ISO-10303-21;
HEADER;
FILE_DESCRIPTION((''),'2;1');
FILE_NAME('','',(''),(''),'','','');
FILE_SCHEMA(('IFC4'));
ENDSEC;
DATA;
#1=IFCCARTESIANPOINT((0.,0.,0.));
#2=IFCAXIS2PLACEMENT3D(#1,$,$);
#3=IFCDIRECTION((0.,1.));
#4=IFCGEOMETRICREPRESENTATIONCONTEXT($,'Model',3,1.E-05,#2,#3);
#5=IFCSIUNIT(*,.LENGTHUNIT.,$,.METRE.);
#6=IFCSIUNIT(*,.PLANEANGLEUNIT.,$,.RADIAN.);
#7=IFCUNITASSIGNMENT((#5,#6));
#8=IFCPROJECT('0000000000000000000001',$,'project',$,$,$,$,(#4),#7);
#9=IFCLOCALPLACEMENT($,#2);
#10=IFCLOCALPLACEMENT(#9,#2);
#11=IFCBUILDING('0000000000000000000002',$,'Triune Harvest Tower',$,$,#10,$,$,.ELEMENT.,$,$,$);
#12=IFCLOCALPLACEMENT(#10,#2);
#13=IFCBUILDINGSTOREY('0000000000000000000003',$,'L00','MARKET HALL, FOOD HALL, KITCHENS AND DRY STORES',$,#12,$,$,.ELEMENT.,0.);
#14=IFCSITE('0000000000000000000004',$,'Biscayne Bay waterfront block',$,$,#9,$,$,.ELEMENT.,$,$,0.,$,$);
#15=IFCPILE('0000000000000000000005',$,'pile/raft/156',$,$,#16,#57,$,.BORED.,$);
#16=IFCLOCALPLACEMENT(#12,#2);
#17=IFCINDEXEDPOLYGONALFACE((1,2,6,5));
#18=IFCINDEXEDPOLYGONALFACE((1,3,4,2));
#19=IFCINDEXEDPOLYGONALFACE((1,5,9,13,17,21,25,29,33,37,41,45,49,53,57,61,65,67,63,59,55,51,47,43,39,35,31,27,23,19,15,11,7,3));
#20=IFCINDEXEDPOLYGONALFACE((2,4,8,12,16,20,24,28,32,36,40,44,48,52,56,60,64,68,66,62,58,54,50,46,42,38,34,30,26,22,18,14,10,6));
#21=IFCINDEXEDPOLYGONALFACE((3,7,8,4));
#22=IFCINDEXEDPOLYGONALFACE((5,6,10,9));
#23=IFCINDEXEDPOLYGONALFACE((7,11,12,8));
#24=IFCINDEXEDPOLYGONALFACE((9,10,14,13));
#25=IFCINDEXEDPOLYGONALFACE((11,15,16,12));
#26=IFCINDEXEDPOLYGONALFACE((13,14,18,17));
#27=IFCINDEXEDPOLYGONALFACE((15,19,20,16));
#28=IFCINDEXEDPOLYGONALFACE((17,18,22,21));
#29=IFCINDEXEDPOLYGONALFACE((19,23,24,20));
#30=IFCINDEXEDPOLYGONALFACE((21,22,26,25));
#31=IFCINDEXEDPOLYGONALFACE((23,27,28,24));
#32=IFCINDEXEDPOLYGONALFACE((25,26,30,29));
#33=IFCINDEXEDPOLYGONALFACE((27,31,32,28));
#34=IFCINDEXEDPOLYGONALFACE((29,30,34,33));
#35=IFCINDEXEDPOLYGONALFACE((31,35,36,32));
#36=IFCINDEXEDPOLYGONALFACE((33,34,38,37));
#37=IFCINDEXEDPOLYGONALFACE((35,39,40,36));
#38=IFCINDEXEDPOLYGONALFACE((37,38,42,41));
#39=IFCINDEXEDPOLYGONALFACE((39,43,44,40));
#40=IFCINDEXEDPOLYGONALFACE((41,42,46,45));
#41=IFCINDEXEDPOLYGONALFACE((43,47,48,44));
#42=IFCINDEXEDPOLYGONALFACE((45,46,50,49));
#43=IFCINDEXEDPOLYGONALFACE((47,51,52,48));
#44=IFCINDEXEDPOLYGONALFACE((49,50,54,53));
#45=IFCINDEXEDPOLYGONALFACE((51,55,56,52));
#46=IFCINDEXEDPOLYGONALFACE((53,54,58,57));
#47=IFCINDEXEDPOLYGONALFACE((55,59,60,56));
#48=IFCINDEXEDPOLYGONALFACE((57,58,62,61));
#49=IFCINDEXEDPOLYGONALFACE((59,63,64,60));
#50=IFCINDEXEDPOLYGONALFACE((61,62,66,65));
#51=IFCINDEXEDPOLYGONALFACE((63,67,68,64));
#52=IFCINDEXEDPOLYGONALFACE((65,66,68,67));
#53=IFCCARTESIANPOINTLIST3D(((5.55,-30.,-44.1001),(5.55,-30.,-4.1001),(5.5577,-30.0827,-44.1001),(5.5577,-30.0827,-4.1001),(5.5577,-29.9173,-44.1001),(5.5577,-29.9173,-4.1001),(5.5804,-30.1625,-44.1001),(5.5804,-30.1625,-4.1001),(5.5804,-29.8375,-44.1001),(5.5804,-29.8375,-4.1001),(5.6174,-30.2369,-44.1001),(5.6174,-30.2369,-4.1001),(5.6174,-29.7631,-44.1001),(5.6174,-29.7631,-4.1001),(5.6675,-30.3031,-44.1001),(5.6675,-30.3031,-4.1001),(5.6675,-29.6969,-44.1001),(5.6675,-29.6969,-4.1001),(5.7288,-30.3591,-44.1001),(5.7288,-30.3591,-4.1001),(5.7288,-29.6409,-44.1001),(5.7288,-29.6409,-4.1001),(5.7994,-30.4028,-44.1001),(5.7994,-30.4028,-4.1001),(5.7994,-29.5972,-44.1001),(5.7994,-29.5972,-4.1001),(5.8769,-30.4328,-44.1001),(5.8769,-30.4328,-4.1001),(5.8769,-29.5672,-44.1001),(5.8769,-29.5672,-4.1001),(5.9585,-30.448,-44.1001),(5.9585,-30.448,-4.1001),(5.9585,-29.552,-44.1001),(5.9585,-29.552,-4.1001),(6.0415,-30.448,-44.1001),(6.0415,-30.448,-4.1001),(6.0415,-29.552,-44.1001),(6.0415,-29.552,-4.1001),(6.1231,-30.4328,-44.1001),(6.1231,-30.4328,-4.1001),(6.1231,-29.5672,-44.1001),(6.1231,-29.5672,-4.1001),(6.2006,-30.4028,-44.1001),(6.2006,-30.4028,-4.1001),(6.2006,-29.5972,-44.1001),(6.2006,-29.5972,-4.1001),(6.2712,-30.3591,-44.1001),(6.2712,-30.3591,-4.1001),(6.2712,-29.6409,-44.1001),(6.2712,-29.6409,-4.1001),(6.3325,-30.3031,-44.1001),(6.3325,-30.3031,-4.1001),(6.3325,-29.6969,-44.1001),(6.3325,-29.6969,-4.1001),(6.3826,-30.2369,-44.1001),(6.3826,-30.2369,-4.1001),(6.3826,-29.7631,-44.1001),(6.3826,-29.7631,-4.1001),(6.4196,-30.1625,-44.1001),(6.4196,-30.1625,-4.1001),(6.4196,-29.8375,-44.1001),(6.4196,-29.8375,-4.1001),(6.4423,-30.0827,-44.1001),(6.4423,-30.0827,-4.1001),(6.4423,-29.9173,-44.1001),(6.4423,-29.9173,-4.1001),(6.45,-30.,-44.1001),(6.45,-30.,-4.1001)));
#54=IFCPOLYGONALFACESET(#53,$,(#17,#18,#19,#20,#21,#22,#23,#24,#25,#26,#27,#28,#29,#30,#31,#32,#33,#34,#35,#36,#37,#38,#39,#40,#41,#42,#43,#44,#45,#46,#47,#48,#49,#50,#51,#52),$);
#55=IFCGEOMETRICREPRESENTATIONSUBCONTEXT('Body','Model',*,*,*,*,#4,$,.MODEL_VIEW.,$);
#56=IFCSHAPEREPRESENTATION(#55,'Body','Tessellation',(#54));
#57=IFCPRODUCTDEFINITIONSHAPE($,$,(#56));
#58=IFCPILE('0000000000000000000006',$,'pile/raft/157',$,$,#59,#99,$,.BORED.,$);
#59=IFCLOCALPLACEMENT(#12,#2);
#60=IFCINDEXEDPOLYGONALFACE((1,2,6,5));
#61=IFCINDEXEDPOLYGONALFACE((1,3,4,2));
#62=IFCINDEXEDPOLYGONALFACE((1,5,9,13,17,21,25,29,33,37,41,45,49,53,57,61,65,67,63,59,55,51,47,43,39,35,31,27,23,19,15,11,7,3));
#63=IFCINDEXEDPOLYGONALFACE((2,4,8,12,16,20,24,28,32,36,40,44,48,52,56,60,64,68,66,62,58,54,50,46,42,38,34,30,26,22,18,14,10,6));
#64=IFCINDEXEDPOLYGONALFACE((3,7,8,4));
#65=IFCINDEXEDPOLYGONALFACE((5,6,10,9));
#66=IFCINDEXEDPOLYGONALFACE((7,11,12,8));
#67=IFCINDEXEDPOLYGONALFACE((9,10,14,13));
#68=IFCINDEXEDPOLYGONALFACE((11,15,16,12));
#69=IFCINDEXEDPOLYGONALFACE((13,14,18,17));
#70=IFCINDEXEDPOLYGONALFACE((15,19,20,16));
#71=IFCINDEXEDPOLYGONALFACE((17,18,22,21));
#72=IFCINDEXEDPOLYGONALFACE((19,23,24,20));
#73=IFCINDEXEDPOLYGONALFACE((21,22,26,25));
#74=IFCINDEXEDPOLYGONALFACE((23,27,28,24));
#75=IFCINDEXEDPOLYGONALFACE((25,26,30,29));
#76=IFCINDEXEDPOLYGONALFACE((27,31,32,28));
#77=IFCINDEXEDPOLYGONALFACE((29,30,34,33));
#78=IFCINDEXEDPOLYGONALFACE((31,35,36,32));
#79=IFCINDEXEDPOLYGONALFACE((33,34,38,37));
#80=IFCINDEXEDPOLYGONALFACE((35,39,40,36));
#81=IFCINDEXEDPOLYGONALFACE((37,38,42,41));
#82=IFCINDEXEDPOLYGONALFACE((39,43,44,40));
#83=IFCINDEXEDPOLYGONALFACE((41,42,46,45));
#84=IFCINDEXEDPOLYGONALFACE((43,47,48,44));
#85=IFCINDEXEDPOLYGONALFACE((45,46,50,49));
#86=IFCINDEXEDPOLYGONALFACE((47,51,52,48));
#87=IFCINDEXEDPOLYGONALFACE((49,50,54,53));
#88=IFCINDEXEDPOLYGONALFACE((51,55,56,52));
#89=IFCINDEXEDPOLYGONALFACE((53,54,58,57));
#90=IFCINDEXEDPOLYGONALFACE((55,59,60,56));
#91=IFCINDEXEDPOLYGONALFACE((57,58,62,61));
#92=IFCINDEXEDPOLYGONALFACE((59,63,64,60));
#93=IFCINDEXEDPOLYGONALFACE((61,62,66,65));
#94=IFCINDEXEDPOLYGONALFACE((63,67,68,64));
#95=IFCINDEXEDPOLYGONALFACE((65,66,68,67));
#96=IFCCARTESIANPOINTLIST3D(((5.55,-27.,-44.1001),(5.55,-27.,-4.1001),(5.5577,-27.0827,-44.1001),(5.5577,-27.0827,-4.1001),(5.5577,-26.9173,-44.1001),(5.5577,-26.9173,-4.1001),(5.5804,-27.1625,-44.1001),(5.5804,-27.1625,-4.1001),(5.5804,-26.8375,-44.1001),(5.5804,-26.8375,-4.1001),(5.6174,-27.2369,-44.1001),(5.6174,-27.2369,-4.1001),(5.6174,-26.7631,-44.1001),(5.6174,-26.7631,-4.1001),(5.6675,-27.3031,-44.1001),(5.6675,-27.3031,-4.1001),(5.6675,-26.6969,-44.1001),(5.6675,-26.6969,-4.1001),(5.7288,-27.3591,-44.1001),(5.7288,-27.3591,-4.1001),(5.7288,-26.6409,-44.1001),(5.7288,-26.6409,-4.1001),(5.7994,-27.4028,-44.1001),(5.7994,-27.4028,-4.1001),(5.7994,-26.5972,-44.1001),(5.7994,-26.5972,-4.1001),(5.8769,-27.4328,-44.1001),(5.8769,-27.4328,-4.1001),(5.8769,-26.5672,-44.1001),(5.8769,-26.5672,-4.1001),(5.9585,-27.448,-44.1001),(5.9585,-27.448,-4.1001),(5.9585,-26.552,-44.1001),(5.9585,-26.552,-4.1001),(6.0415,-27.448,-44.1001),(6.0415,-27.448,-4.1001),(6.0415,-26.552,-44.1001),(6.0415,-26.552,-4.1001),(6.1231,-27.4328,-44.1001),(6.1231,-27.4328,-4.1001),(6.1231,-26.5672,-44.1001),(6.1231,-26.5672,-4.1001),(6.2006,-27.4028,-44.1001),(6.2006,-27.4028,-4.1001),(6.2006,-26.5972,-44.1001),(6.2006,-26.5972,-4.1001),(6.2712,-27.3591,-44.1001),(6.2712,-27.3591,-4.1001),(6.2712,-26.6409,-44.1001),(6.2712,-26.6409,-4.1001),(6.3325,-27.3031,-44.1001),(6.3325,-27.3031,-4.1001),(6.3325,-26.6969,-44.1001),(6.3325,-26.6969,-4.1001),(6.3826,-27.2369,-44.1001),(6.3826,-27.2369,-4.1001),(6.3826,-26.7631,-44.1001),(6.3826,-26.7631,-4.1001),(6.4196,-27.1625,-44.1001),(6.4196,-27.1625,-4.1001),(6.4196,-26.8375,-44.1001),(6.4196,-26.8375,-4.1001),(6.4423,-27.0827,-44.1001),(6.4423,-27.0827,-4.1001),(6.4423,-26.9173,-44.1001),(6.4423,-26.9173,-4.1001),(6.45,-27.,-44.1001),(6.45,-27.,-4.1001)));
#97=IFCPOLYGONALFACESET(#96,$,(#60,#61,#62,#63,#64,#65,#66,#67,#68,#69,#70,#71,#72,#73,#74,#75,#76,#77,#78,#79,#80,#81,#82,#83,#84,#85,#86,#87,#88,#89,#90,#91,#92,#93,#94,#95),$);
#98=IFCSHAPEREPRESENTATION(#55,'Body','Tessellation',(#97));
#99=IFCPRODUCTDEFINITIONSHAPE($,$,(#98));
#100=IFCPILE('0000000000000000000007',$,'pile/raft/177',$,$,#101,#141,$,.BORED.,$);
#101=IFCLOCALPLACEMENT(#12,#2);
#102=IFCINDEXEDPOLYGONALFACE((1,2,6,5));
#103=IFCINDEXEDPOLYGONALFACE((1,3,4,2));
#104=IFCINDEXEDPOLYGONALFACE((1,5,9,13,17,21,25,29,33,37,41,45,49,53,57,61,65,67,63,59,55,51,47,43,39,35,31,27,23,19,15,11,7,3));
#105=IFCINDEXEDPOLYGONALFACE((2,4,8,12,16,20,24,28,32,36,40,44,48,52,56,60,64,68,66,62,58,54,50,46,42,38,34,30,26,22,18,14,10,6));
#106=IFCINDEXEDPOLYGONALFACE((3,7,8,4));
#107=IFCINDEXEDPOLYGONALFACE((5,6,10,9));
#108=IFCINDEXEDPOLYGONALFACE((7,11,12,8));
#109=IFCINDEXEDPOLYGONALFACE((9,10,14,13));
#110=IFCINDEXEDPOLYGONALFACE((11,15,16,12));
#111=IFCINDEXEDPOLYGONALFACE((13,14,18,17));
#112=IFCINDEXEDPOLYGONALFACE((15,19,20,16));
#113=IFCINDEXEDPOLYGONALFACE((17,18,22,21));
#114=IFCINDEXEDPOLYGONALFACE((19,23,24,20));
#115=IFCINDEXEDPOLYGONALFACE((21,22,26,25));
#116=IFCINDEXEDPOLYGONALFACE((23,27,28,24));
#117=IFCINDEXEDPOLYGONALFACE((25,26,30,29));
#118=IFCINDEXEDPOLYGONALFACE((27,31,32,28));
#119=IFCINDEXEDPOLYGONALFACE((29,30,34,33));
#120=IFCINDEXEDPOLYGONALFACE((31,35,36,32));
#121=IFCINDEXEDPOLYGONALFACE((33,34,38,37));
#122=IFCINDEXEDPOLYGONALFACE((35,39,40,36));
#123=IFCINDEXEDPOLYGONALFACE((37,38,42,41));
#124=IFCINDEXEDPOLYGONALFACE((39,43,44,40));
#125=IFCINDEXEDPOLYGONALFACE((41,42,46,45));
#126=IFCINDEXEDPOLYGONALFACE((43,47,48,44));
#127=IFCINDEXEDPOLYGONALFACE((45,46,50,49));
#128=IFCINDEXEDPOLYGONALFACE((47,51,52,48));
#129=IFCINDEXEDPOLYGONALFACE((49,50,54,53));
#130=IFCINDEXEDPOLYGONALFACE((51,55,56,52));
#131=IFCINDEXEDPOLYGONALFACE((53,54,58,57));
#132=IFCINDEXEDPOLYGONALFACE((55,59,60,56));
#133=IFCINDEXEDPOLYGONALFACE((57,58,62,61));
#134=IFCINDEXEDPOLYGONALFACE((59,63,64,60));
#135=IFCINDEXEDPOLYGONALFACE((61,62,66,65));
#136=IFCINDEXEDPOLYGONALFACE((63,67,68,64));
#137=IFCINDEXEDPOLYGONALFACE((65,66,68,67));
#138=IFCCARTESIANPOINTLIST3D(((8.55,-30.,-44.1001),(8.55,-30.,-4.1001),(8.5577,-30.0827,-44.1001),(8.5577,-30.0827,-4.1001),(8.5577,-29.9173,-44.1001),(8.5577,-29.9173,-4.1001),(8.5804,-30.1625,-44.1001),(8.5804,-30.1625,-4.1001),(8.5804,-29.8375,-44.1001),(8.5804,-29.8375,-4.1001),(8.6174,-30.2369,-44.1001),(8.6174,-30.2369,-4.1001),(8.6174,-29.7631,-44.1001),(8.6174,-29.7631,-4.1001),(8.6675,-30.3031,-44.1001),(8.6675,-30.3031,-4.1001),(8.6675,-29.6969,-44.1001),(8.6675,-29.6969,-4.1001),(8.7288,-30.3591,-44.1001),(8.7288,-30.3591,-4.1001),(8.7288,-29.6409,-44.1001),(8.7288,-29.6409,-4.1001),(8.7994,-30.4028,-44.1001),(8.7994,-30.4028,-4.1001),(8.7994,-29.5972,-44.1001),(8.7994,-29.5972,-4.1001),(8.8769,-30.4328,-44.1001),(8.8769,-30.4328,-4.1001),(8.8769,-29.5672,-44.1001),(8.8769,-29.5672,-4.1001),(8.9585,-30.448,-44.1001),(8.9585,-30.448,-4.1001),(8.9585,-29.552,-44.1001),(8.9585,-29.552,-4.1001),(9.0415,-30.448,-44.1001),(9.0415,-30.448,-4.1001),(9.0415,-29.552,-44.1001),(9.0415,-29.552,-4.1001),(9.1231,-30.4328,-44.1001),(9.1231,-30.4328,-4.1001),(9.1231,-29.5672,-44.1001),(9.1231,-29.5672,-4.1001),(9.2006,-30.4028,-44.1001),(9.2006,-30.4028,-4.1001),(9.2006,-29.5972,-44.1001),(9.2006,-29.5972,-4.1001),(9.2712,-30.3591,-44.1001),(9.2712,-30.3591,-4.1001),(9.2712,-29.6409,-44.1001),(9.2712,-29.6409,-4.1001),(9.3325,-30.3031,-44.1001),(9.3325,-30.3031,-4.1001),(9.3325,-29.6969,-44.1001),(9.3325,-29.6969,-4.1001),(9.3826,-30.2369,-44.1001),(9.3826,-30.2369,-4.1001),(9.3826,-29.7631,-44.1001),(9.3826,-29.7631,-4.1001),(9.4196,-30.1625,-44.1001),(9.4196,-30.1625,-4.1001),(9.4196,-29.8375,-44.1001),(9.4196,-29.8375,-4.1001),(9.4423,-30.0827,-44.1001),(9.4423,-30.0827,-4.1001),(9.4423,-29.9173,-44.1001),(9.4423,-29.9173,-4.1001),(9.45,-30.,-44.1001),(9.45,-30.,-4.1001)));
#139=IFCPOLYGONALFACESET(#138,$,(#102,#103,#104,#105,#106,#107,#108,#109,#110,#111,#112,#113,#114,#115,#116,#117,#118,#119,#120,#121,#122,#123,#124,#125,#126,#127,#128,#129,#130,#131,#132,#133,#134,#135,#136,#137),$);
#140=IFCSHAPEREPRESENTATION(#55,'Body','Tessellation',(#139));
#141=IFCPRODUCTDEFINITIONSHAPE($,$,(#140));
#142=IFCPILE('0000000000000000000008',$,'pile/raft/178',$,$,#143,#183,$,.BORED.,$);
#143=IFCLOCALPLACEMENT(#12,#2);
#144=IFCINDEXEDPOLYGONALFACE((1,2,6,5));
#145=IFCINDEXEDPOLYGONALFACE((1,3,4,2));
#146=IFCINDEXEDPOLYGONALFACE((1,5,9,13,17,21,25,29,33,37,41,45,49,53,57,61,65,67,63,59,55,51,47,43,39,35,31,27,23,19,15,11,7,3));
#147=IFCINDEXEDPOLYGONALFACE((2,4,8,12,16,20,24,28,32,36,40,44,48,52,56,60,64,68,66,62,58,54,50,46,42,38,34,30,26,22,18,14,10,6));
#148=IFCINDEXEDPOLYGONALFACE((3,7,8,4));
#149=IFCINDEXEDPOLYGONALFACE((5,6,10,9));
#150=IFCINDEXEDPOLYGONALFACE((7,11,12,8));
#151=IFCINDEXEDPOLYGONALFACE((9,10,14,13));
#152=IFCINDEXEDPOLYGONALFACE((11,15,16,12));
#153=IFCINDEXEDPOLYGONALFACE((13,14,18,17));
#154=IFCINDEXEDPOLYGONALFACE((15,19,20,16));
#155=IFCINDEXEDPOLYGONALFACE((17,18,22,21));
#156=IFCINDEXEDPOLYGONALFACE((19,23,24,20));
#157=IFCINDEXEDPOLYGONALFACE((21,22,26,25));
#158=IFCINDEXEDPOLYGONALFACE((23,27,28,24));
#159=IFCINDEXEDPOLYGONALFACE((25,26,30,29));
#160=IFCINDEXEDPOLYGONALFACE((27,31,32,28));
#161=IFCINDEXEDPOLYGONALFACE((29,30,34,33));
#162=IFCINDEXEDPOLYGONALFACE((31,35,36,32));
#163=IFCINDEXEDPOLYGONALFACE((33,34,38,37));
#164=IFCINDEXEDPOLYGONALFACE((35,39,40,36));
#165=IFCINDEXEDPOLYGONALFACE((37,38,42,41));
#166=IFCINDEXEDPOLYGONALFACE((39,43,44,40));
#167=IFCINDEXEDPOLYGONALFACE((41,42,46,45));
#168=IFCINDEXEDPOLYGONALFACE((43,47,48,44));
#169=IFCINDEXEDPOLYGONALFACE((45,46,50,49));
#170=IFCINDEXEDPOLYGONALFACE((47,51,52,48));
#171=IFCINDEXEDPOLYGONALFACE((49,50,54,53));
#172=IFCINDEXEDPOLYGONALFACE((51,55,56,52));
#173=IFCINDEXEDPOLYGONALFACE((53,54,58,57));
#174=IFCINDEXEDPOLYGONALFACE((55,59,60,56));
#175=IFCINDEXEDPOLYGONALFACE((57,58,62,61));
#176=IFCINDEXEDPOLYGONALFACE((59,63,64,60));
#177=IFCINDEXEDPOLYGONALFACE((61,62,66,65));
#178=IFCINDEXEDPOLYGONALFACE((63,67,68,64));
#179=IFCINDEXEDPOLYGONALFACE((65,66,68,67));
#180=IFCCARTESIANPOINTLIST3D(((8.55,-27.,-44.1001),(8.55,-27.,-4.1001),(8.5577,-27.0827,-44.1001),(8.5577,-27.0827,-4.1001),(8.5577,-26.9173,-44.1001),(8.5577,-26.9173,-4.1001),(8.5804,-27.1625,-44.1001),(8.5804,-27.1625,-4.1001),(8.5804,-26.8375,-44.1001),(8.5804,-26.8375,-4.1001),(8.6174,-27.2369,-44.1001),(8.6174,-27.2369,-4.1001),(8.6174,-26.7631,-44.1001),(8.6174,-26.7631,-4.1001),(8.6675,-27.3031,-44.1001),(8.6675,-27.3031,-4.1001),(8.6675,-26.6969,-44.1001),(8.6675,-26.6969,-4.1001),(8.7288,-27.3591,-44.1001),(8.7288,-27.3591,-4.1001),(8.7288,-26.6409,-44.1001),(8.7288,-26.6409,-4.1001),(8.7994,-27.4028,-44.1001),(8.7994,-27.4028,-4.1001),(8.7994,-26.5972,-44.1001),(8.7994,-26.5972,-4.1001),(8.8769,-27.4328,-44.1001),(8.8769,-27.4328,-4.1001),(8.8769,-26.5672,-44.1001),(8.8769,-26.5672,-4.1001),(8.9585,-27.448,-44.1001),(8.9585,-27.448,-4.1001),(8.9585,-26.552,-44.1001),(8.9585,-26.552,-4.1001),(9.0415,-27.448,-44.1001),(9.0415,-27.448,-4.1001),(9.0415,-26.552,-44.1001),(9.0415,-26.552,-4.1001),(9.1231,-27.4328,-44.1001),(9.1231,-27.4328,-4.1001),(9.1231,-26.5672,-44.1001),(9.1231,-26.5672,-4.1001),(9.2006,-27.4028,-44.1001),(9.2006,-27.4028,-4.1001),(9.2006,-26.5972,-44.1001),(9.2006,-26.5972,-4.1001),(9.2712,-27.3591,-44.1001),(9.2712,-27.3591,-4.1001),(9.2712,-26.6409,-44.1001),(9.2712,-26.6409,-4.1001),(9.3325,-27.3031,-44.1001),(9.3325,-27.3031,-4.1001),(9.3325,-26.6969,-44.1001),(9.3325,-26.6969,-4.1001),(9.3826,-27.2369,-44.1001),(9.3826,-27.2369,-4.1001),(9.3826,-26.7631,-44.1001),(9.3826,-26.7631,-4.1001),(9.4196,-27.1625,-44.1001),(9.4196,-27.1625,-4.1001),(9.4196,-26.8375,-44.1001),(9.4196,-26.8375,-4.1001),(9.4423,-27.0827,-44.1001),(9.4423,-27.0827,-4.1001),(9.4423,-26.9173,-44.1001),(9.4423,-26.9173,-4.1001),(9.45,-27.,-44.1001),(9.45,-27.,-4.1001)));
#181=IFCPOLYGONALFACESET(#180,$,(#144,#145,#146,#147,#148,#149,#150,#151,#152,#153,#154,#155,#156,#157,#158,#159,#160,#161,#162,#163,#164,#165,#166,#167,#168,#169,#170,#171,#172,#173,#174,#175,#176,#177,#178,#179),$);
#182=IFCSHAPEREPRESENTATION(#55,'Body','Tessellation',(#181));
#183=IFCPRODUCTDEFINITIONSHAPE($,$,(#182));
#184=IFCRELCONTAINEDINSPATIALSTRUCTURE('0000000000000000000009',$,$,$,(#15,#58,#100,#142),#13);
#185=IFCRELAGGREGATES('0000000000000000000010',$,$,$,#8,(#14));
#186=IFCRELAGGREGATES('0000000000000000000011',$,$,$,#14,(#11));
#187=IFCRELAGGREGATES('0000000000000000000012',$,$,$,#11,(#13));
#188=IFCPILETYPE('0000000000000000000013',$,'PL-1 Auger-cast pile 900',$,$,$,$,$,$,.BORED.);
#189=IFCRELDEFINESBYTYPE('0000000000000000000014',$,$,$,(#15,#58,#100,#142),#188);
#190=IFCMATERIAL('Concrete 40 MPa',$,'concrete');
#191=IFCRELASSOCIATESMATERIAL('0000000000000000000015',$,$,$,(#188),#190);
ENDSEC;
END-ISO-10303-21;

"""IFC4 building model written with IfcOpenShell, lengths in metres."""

from ifc_helpers import new_model, si_unit, direction, frame, origin, origin_2d, place, context, subcontext, project, spatial, circle, extrude, source, transform, mapped, material, material_profile, profile_set, type_object, element, save


model = new_model("IFC4")

# Units and contexts
model_context = context("Model", 3, precision=1e-05, world=origin(), true_north=direction((0.0, 1.0)))
body_context = subcontext(model_context, "Body", "Model", "MODEL_VIEW")
ifc_project = project(units=[si_unit("LENGTHUNIT", "METRE"), si_unit("PLANEANGLEUNIT", "RADIAN")], contexts=[model_context])

# Site, building, storey
site_placement = place(None, origin())
site = spatial("IfcSite", under=ifc_project, at=site_placement, Name="Biscayne Bay waterfront block", CompositionType="ELEMENT", RefElevation=0.0)
building_placement = place(site_placement, origin())
building = spatial("IfcBuilding", under=site, at=building_placement, Name="Triune Harvest Tower", CompositionType="ELEMENT")
storey_placement = place(building_placement, origin())
storey = spatial("IfcBuildingStorey", under=building, at=storey_placement, Name="L00", Description="MARKET HALL, FOOD HALL, KITCHENS AND DRY STORES", CompositionType="ELEMENT", Elevation=0.0)

# Piles
ifc_material_1 = material(Name="Concrete 40 MPa", Category="concrete")
ifc_material_profile_1 = material_profile(ifc_material_1, circle(Radius=0.45, at=origin_2d()), Name="Bored 900")
ifc_profile_set_1 = profile_set([ifc_material_profile_1], Name="Concrete 40 MPa")
pile_type = type_object("IfcPileType", Name="PL-1 Auger-cast pile 900", PredefinedType="BORED", material=ifc_profile_set_1)
shared_shape_1 = source(origin(), body_context, "Body", "SweptSolid", [
    extrude(circle(Radius=0.45, at=origin_2d()), origin(), (0.0, 0.0, 1.0), 40.0),
])
for number, where, z_axis, x_axis, name in (
    (1, (6.0, -30.0, -4.1001), (0.0, 0.0, -1.0), (1.0, 0.0, 0.0), "pile/raft/156"),
    (2, (6.0, -27.0, -4.1001), (0.0, 0.0, -1.0), (1.0, 0.0, 0.0), "pile/raft/157"),
    (3, (9.0, -30.0, -4.1001), (0.0, 0.0, -1.0), (1.0, 0.0, 0.0), "pile/raft/177"),
    (4, (9.0, -27.0, -4.1001), (0.0, 0.0, -1.0), (1.0, 0.0, 0.0), "pile/raft/178"),
):
    element("IfcPile", number, at=place(storey_placement, frame(where, z_axis=z_axis, x_axis=x_axis)), inside=storey, type_object=pile_type, Name=name, PredefinedType="BORED", context=body_context, shape_type="MappedRepresentation", body=[
        mapped(shared_shape_1, transform((0.0, 0.0, 0.0), scale=1.0)),
    ])

save(model, "model.ifc")
